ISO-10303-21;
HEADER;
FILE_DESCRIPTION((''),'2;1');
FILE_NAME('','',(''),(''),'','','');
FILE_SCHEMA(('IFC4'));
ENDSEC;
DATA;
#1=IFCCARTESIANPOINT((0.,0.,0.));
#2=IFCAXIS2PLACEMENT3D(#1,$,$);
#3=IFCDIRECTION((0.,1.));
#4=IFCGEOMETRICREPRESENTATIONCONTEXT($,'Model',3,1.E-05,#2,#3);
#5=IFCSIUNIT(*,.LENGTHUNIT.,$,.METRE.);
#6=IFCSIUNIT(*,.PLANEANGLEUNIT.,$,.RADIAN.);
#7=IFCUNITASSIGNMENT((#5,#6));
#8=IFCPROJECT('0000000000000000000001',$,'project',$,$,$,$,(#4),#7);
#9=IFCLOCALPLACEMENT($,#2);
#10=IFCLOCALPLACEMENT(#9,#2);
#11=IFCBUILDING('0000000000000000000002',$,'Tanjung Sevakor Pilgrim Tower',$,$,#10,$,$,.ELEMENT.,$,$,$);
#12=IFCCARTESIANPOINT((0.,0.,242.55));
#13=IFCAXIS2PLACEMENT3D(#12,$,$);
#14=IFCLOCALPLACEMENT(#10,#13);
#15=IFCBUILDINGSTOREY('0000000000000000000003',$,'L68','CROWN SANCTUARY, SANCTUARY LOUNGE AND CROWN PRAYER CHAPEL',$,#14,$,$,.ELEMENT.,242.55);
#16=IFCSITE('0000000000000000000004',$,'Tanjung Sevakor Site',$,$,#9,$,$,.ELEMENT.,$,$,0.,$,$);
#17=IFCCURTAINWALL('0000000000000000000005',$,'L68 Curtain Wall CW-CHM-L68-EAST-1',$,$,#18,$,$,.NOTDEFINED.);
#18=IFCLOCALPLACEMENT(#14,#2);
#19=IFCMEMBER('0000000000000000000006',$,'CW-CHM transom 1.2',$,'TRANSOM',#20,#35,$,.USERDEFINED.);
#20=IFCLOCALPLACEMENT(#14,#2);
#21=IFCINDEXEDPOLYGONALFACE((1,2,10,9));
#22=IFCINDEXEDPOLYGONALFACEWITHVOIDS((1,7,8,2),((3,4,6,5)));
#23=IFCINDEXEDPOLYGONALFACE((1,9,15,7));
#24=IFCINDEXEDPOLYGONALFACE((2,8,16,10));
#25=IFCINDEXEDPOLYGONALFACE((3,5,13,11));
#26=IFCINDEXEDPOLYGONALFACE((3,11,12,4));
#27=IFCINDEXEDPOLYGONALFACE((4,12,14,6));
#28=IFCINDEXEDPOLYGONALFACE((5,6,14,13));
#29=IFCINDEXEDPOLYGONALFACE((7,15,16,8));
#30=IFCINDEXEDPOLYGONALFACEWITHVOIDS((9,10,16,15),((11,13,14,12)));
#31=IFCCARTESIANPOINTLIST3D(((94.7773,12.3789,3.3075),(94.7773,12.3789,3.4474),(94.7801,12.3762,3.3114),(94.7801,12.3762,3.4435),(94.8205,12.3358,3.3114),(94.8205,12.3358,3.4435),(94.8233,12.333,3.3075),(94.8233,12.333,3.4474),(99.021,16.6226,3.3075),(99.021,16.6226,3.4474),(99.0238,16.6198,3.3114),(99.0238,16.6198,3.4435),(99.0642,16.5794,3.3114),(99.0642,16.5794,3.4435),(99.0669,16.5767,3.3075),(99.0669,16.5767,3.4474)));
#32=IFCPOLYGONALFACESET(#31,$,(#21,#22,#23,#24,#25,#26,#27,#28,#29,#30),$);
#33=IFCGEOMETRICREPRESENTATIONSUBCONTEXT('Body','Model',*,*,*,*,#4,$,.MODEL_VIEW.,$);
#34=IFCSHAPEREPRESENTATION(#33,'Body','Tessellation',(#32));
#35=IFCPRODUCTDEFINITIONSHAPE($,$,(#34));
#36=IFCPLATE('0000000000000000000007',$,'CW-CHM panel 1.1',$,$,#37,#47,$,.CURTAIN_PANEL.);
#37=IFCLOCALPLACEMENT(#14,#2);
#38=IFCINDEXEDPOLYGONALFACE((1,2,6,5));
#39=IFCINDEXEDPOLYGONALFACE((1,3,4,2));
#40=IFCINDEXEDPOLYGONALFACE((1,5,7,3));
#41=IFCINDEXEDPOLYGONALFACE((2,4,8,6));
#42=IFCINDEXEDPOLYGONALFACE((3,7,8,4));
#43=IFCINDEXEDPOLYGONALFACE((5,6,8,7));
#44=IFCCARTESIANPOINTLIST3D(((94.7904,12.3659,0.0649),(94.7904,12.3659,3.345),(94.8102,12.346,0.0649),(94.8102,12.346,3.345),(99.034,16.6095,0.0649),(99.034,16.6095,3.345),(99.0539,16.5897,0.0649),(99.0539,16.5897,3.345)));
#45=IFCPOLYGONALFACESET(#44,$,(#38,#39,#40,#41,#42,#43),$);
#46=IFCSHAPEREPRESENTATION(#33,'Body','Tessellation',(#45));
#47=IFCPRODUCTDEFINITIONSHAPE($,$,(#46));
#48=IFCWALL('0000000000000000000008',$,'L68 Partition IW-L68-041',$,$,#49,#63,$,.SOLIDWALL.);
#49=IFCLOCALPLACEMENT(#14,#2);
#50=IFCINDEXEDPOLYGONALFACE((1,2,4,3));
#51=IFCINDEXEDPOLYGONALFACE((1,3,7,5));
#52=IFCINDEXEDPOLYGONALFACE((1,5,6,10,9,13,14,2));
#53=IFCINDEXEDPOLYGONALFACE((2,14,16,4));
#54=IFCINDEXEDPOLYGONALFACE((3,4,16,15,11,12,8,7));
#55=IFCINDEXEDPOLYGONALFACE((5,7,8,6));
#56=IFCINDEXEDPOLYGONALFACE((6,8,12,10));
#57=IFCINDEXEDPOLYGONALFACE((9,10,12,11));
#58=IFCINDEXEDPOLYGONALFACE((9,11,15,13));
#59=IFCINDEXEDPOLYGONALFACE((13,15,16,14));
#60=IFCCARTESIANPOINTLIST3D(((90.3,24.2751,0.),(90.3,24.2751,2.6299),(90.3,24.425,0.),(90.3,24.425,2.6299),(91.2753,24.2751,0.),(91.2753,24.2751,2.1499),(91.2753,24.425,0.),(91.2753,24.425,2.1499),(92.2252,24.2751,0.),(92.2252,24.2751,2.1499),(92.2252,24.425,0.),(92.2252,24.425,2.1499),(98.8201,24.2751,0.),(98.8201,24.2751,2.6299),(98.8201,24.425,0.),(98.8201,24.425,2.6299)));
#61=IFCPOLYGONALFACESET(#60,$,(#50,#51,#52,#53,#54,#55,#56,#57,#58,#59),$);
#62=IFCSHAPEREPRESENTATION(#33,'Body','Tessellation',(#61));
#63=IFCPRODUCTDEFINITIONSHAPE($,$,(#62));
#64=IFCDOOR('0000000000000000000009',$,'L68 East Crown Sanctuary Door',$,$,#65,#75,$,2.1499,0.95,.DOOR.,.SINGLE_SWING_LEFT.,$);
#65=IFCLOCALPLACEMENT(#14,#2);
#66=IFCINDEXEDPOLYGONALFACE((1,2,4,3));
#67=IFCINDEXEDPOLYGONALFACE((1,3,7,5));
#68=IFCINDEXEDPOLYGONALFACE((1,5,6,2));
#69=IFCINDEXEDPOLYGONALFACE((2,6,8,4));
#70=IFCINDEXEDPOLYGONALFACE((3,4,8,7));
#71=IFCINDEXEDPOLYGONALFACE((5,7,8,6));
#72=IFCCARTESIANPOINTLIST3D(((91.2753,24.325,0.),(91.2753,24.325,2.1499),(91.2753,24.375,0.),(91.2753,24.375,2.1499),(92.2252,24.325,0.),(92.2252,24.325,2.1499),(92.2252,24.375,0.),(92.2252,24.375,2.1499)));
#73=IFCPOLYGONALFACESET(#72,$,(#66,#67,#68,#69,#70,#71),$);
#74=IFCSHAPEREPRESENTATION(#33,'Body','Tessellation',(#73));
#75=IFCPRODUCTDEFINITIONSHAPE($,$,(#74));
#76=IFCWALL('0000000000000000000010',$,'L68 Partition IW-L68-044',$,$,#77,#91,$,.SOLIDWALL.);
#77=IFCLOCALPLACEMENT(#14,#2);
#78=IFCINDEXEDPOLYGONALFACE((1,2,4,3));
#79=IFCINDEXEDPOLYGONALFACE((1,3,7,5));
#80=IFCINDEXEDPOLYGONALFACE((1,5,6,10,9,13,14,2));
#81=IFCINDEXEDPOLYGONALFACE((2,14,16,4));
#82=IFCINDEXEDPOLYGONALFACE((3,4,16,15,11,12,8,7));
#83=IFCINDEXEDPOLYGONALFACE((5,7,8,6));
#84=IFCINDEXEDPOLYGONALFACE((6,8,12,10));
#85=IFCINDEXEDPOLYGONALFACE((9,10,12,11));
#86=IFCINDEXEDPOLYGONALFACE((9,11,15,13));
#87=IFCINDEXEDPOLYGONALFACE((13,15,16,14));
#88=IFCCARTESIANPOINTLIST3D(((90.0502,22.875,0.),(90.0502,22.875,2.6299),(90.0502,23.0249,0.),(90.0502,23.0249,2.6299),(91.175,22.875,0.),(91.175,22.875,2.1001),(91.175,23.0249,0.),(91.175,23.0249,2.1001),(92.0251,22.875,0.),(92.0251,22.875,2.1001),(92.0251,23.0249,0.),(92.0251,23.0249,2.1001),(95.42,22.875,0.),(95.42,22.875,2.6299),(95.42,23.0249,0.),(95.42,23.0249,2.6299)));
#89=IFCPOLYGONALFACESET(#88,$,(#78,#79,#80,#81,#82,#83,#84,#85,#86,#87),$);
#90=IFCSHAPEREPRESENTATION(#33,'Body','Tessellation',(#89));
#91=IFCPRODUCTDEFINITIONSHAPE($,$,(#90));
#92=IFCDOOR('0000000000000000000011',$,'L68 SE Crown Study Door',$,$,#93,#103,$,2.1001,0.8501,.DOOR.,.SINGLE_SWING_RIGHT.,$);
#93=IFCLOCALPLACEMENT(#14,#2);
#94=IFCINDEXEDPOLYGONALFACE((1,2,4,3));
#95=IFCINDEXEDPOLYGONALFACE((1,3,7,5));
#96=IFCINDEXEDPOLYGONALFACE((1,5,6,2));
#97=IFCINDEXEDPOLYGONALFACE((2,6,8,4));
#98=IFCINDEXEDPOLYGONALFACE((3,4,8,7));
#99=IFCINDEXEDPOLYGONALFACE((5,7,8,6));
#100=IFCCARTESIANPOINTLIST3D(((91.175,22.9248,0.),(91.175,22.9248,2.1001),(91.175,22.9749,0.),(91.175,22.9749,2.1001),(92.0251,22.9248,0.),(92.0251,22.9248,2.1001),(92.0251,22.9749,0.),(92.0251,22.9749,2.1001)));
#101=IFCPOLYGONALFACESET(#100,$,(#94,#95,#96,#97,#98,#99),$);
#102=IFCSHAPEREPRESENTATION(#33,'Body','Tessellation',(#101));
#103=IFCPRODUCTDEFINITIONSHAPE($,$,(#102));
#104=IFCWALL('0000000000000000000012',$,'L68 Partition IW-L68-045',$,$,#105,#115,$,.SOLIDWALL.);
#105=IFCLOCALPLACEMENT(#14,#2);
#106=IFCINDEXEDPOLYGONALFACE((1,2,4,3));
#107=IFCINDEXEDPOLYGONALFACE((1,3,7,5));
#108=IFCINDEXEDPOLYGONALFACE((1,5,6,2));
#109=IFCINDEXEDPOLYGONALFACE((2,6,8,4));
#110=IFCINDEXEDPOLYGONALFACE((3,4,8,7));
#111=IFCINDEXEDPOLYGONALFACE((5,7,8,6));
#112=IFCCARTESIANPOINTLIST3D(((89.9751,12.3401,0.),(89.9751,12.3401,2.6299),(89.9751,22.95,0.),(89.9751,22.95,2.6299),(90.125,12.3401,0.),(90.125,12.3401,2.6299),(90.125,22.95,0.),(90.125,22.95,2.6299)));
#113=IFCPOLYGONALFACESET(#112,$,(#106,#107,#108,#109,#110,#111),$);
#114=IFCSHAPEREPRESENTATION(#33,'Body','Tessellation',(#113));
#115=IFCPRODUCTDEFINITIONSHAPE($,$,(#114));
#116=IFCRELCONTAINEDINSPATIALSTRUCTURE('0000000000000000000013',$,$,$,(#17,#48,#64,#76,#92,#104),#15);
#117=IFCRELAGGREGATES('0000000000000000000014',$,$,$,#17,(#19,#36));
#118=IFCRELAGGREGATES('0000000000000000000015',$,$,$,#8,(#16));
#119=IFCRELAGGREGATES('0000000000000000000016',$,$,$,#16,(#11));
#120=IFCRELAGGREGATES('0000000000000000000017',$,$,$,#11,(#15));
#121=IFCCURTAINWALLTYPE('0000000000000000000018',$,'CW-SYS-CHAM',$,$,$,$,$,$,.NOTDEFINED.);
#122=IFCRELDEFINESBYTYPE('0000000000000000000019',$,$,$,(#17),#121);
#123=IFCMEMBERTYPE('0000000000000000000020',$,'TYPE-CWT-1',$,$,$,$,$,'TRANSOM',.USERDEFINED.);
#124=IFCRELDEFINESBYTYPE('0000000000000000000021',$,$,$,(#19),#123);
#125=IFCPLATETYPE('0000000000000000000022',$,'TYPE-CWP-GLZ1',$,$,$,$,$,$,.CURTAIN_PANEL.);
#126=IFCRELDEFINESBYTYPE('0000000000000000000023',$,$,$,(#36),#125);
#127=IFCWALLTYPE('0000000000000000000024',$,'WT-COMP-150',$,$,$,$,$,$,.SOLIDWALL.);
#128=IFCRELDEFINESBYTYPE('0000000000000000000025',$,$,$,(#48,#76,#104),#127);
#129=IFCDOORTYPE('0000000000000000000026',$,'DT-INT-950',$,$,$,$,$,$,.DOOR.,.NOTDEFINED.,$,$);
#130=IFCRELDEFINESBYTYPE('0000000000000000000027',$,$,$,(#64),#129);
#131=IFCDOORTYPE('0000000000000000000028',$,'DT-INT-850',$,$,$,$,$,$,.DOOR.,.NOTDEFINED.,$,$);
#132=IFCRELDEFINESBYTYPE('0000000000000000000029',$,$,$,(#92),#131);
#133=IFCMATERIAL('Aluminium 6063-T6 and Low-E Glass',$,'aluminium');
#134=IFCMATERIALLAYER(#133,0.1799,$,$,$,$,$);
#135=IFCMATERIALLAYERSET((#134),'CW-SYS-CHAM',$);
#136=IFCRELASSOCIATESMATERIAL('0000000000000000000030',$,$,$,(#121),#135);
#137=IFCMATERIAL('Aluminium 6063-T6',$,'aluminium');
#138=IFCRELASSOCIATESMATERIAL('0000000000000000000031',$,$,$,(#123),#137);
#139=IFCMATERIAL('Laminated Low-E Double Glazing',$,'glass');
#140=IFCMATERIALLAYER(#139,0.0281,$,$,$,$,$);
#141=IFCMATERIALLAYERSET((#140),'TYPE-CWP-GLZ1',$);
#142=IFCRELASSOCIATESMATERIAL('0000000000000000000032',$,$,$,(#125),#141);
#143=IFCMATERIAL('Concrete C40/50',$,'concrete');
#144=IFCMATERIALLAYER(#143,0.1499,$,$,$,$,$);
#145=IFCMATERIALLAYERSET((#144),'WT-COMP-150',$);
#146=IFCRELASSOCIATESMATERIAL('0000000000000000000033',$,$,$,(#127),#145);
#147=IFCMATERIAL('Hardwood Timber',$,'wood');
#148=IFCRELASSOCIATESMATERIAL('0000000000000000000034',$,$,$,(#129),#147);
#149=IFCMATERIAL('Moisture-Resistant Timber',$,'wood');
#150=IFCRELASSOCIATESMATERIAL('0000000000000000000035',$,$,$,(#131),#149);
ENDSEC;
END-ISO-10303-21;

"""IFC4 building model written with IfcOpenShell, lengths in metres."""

from ifc_helpers import new_model, si_unit, direction, frame, frame_2d, origin, origin_2d, place, context, subcontext, project, spatial, rectangle, hollow_rectangle, extrude, material, layer, layer_set, material_profile, profile_set, type_object, element, fill, aggregate, save


model = new_model("IFC4")

# Units and contexts
model_context = context("Model", 3, precision=1e-05, world=origin(), true_north=direction((0.0, 1.0)))
body_context = subcontext(model_context, "Body", "Model", "MODEL_VIEW")
ifc_project = project(units=[si_unit("LENGTHUNIT", "METRE"), si_unit("PLANEANGLEUNIT", "RADIAN")], contexts=[model_context])

# Site, building, storey
site_placement = place(None, origin())
site = spatial("IfcSite", under=ifc_project, at=site_placement, Name="Tanjung Sevakor Site", CompositionType="ELEMENT", RefElevation=0.0)
building_placement = place(site_placement, origin())
building = spatial("IfcBuilding", under=site, at=building_placement, Name="Tanjung Sevakor Pilgrim Tower", CompositionType="ELEMENT")
storey_placement = place(building_placement, frame((0.0, 0.0, 242.55)))
storey = spatial("IfcBuildingStorey", under=building, at=storey_placement, Name="L68", Description="CROWN SANCTUARY, SANCTUARY LOUNGE AND CROWN PRAYER CHAPEL", CompositionType="ELEMENT", Elevation=242.55)

# Curtain wall, member, plate
ifc_material_1 = material(Name="Aluminium 6063-T6 and Low-E Glass", Category="aluminium")
ifc_layer_1 = layer(ifc_material_1, 0.1799)
ifc_layer_set_1 = layer_set([ifc_layer_1], Name="CW-SYS-CHAM")
curtain_wall_type = type_object("IfcCurtainWallType", Name="CW-SYS-CHAM", PredefinedType="NOTDEFINED", material=ifc_layer_set_1)
curtain_wall_placement = place(storey_placement, origin())
curtain_wall = element("IfcCurtainWall", 1, at=curtain_wall_placement, inside=storey, type_object=curtain_wall_type, Name="L68 Curtain Wall CW-CHM-L68-EAST-1", PredefinedType="NOTDEFINED")
ifc_material_2 = material(Name="Aluminium 6063-T6", Category="aluminium")
ifc_material_profile_1 = material_profile(ifc_material_2, hollow_rectangle(XDim=0.0649, YDim=0.1399, WallThickness=0.0039, at=origin_2d()))
ifc_profile_set_1 = profile_set([ifc_material_profile_1], Name="Aluminium 6063-T6")
member_type_1 = type_object("IfcMemberType", Name="TYPE-CWT-1", ElementType="TRANSOM", PredefinedType="USERDEFINED", material=ifc_profile_set_1)
member_1_placement = place(storey_placement, frame((94.8003, 12.356, 3.3774), z_axis=(0.707107, 0.707107, 0.0), x_axis=(-0.707107, 0.707107, 0.0)))
member_1 = element("IfcMember", 2, at=member_1_placement, type_object=member_type_1, Name="CW-CHM transom 1.2", ObjectType="TRANSOM", PredefinedType="USERDEFINED", context=body_context, shape_type="SweptSolid", body=[
    extrude(hollow_rectangle(XDim=0.0649, YDim=0.1399, WallThickness=0.0039, at=origin_2d()), origin(), (0.0, 0.0, 1.0), 6.0015),
])
ifc_material_3 = material(Name="Laminated Low-E Double Glazing", Category="glass")
ifc_layer_2 = layer(ifc_material_3, 0.0281)
ifc_layer_set_2 = layer_set([ifc_layer_2], Name="TYPE-CWP-GLZ1")
plate_type = type_object("IfcPlateType", Name="TYPE-CWP-GLZ1", PredefinedType="CURTAIN_PANEL", material=ifc_layer_set_2)
plate_placement = place(storey_placement, frame((96.9221, 14.4778, 0.0649), z_axis=(0.0, 0.0, 1.0), x_axis=(0.707107, 0.707107, 0.0)))
plate = element("IfcPlate", 3, at=plate_placement, type_object=plate_type, Name="CW-CHM panel 1.1", PredefinedType="CURTAIN_PANEL", context=body_context, shape_type="SweptSolid", body=[
    extrude(rectangle(XDim=6.0015, YDim=0.0281, at=origin_2d()), origin(), (0.0, 0.0, 1.0), 3.28),
])
aggregate(curtain_wall, [member_1, plate])

# Wall, opening, door
ifc_material_4 = material(Name="Concrete C40/50", Category="concrete")
ifc_layer_3 = layer(ifc_material_4, 0.1499)
ifc_layer_set_3 = layer_set([ifc_layer_3], Name="WT-COMP-150")
wall_type_1 = type_object("IfcWallType", Name="WT-COMP-150", PredefinedType="SOLIDWALL", material=ifc_layer_set_3)
wall_1_placement = place(storey_placement, frame((90.3, 24.3501, 0.0), z_axis=(0.0, 0.0, 1.0), x_axis=(1.0, 0.0, 0.0)))
wall_1 = element("IfcWall", 4, at=wall_1_placement, inside=storey, type_object=wall_type_1, Name="L68 Partition IW-L68-041", PredefinedType="SOLIDWALL", context=body_context, shape_type="SweptSolid", body=[
    extrude(rectangle(XDim=8.52, YDim=0.1499, at=frame_2d((4.26, 0.0))), origin(), (0.0, 0.0, 1.0), 2.6299),
])
opening_1_placement = place(wall_1_placement, frame((0.9751, 0.0, 0.0)))
opening_1 = element("IfcOpeningElement", 5, at=opening_1_placement, cuts=wall_1, PredefinedType="OPENING", context=body_context, shape_type="SweptSolid", body=[
    extrude(rectangle(XDim=0.95, YDim=2.1499, at=frame_2d((0.4751, 1.075))), frame((0.0, 0.085, 0.0), z_axis=(0.0, -1.0, 0.0), x_axis=(1.0, 0.0, 0.0)), (0.0, 0.0, 1.0), 0.1699),
])
ifc_material_5 = material(Name="Hardwood Timber", Category="wood")
door_type_1 = type_object("IfcDoorType", Name="DT-INT-950", OperationType="NOTDEFINED", PredefinedType="DOOR", material=ifc_material_5)
door_1_placement = place(opening_1_placement, origin())
door_1 = element("IfcDoor", 6, at=door_1_placement, inside=storey, type_object=door_type_1, Name="L68 East Crown Sanctuary Door", OperationType="SINGLE_SWING_LEFT", OverallHeight=2.1499, OverallWidth=0.95, PredefinedType="DOOR", context=body_context, shape_type="SweptSolid", body=[
    extrude(rectangle(XDim=0.95, YDim=2.1499, at=frame_2d((0.4751, 1.075))), frame((0.0, 0.0249, 0.0), z_axis=(0.0, -1.0, 0.0), x_axis=(1.0, 0.0, 0.0)), (0.0, 0.0, 1.0), 0.05),
])
fill(opening_1, door_1)

# Wall, opening, door
wall_2_placement = place(storey_placement, frame((90.05, 22.95, 0.0), z_axis=(0.0, 0.0, 1.0), x_axis=(1.0, 0.0, 0.0)))
wall_2 = element("IfcWall", 7, at=wall_2_placement, inside=storey, type_object=wall_type_1, Name="L68 Partition IW-L68-044", PredefinedType="SOLIDWALL", context=body_context, shape_type="SweptSolid", body=[
    extrude(rectangle(XDim=5.3699, YDim=0.1499, at=frame_2d((2.6851, 0.0))), origin(), (0.0, 0.0, 1.0), 2.6299),
])
opening_2_placement = place(wall_2_placement, frame((1.125, 0.0, 0.0)))
opening_2 = element("IfcOpeningElement", 8, at=opening_2_placement, cuts=wall_2, PredefinedType="OPENING", context=body_context, shape_type="SweptSolid", body=[
    extrude(rectangle(XDim=0.8501, YDim=2.1001, at=frame_2d((0.425, 1.05))), frame((0.0, 0.085, 0.0), z_axis=(0.0, -1.0, 0.0), x_axis=(1.0, 0.0, 0.0)), (0.0, 0.0, 1.0), 0.1699),
])
ifc_material_6 = material(Name="Moisture-Resistant Timber", Category="wood")
door_type_2 = type_object("IfcDoorType", Name="DT-INT-850", OperationType="NOTDEFINED", PredefinedType="DOOR", material=ifc_material_6)
door_2_placement = place(opening_2_placement, origin())
door_2 = element("IfcDoor", 9, at=door_2_placement, inside=storey, type_object=door_type_2, Name="L68 SE Crown Study Door", OperationType="SINGLE_SWING_RIGHT", OverallHeight=2.1001, OverallWidth=0.8501, PredefinedType="DOOR", context=body_context, shape_type="SweptSolid", body=[
    extrude(rectangle(XDim=0.8501, YDim=2.1001, at=frame_2d((0.425, 1.05))), frame((0.0, 0.0249, 0.0), z_axis=(0.0, -1.0, 0.0), x_axis=(1.0, 0.0, 0.0)), (0.0, 0.0, 1.0), 0.05),
])
fill(opening_2, door_2)

# Wall
wall_3_placement = place(storey_placement, frame((90.05, 12.3401, 0.0), z_axis=(0.0, 0.0, 1.0), x_axis=(0.0, 1.0, 0.0)))
element("IfcWall", 10, at=wall_3_placement, inside=storey, type_object=wall_type_1, Name="L68 Partition IW-L68-045", PredefinedType="SOLIDWALL", context=body_context, shape_type="SweptSolid", body=[
    extrude(rectangle(XDim=10.6099, YDim=0.1499, at=frame_2d((5.3049, 0.0))), origin(), (0.0, 0.0, 1.0), 2.6299),
])

save(model, "model.ifc")
